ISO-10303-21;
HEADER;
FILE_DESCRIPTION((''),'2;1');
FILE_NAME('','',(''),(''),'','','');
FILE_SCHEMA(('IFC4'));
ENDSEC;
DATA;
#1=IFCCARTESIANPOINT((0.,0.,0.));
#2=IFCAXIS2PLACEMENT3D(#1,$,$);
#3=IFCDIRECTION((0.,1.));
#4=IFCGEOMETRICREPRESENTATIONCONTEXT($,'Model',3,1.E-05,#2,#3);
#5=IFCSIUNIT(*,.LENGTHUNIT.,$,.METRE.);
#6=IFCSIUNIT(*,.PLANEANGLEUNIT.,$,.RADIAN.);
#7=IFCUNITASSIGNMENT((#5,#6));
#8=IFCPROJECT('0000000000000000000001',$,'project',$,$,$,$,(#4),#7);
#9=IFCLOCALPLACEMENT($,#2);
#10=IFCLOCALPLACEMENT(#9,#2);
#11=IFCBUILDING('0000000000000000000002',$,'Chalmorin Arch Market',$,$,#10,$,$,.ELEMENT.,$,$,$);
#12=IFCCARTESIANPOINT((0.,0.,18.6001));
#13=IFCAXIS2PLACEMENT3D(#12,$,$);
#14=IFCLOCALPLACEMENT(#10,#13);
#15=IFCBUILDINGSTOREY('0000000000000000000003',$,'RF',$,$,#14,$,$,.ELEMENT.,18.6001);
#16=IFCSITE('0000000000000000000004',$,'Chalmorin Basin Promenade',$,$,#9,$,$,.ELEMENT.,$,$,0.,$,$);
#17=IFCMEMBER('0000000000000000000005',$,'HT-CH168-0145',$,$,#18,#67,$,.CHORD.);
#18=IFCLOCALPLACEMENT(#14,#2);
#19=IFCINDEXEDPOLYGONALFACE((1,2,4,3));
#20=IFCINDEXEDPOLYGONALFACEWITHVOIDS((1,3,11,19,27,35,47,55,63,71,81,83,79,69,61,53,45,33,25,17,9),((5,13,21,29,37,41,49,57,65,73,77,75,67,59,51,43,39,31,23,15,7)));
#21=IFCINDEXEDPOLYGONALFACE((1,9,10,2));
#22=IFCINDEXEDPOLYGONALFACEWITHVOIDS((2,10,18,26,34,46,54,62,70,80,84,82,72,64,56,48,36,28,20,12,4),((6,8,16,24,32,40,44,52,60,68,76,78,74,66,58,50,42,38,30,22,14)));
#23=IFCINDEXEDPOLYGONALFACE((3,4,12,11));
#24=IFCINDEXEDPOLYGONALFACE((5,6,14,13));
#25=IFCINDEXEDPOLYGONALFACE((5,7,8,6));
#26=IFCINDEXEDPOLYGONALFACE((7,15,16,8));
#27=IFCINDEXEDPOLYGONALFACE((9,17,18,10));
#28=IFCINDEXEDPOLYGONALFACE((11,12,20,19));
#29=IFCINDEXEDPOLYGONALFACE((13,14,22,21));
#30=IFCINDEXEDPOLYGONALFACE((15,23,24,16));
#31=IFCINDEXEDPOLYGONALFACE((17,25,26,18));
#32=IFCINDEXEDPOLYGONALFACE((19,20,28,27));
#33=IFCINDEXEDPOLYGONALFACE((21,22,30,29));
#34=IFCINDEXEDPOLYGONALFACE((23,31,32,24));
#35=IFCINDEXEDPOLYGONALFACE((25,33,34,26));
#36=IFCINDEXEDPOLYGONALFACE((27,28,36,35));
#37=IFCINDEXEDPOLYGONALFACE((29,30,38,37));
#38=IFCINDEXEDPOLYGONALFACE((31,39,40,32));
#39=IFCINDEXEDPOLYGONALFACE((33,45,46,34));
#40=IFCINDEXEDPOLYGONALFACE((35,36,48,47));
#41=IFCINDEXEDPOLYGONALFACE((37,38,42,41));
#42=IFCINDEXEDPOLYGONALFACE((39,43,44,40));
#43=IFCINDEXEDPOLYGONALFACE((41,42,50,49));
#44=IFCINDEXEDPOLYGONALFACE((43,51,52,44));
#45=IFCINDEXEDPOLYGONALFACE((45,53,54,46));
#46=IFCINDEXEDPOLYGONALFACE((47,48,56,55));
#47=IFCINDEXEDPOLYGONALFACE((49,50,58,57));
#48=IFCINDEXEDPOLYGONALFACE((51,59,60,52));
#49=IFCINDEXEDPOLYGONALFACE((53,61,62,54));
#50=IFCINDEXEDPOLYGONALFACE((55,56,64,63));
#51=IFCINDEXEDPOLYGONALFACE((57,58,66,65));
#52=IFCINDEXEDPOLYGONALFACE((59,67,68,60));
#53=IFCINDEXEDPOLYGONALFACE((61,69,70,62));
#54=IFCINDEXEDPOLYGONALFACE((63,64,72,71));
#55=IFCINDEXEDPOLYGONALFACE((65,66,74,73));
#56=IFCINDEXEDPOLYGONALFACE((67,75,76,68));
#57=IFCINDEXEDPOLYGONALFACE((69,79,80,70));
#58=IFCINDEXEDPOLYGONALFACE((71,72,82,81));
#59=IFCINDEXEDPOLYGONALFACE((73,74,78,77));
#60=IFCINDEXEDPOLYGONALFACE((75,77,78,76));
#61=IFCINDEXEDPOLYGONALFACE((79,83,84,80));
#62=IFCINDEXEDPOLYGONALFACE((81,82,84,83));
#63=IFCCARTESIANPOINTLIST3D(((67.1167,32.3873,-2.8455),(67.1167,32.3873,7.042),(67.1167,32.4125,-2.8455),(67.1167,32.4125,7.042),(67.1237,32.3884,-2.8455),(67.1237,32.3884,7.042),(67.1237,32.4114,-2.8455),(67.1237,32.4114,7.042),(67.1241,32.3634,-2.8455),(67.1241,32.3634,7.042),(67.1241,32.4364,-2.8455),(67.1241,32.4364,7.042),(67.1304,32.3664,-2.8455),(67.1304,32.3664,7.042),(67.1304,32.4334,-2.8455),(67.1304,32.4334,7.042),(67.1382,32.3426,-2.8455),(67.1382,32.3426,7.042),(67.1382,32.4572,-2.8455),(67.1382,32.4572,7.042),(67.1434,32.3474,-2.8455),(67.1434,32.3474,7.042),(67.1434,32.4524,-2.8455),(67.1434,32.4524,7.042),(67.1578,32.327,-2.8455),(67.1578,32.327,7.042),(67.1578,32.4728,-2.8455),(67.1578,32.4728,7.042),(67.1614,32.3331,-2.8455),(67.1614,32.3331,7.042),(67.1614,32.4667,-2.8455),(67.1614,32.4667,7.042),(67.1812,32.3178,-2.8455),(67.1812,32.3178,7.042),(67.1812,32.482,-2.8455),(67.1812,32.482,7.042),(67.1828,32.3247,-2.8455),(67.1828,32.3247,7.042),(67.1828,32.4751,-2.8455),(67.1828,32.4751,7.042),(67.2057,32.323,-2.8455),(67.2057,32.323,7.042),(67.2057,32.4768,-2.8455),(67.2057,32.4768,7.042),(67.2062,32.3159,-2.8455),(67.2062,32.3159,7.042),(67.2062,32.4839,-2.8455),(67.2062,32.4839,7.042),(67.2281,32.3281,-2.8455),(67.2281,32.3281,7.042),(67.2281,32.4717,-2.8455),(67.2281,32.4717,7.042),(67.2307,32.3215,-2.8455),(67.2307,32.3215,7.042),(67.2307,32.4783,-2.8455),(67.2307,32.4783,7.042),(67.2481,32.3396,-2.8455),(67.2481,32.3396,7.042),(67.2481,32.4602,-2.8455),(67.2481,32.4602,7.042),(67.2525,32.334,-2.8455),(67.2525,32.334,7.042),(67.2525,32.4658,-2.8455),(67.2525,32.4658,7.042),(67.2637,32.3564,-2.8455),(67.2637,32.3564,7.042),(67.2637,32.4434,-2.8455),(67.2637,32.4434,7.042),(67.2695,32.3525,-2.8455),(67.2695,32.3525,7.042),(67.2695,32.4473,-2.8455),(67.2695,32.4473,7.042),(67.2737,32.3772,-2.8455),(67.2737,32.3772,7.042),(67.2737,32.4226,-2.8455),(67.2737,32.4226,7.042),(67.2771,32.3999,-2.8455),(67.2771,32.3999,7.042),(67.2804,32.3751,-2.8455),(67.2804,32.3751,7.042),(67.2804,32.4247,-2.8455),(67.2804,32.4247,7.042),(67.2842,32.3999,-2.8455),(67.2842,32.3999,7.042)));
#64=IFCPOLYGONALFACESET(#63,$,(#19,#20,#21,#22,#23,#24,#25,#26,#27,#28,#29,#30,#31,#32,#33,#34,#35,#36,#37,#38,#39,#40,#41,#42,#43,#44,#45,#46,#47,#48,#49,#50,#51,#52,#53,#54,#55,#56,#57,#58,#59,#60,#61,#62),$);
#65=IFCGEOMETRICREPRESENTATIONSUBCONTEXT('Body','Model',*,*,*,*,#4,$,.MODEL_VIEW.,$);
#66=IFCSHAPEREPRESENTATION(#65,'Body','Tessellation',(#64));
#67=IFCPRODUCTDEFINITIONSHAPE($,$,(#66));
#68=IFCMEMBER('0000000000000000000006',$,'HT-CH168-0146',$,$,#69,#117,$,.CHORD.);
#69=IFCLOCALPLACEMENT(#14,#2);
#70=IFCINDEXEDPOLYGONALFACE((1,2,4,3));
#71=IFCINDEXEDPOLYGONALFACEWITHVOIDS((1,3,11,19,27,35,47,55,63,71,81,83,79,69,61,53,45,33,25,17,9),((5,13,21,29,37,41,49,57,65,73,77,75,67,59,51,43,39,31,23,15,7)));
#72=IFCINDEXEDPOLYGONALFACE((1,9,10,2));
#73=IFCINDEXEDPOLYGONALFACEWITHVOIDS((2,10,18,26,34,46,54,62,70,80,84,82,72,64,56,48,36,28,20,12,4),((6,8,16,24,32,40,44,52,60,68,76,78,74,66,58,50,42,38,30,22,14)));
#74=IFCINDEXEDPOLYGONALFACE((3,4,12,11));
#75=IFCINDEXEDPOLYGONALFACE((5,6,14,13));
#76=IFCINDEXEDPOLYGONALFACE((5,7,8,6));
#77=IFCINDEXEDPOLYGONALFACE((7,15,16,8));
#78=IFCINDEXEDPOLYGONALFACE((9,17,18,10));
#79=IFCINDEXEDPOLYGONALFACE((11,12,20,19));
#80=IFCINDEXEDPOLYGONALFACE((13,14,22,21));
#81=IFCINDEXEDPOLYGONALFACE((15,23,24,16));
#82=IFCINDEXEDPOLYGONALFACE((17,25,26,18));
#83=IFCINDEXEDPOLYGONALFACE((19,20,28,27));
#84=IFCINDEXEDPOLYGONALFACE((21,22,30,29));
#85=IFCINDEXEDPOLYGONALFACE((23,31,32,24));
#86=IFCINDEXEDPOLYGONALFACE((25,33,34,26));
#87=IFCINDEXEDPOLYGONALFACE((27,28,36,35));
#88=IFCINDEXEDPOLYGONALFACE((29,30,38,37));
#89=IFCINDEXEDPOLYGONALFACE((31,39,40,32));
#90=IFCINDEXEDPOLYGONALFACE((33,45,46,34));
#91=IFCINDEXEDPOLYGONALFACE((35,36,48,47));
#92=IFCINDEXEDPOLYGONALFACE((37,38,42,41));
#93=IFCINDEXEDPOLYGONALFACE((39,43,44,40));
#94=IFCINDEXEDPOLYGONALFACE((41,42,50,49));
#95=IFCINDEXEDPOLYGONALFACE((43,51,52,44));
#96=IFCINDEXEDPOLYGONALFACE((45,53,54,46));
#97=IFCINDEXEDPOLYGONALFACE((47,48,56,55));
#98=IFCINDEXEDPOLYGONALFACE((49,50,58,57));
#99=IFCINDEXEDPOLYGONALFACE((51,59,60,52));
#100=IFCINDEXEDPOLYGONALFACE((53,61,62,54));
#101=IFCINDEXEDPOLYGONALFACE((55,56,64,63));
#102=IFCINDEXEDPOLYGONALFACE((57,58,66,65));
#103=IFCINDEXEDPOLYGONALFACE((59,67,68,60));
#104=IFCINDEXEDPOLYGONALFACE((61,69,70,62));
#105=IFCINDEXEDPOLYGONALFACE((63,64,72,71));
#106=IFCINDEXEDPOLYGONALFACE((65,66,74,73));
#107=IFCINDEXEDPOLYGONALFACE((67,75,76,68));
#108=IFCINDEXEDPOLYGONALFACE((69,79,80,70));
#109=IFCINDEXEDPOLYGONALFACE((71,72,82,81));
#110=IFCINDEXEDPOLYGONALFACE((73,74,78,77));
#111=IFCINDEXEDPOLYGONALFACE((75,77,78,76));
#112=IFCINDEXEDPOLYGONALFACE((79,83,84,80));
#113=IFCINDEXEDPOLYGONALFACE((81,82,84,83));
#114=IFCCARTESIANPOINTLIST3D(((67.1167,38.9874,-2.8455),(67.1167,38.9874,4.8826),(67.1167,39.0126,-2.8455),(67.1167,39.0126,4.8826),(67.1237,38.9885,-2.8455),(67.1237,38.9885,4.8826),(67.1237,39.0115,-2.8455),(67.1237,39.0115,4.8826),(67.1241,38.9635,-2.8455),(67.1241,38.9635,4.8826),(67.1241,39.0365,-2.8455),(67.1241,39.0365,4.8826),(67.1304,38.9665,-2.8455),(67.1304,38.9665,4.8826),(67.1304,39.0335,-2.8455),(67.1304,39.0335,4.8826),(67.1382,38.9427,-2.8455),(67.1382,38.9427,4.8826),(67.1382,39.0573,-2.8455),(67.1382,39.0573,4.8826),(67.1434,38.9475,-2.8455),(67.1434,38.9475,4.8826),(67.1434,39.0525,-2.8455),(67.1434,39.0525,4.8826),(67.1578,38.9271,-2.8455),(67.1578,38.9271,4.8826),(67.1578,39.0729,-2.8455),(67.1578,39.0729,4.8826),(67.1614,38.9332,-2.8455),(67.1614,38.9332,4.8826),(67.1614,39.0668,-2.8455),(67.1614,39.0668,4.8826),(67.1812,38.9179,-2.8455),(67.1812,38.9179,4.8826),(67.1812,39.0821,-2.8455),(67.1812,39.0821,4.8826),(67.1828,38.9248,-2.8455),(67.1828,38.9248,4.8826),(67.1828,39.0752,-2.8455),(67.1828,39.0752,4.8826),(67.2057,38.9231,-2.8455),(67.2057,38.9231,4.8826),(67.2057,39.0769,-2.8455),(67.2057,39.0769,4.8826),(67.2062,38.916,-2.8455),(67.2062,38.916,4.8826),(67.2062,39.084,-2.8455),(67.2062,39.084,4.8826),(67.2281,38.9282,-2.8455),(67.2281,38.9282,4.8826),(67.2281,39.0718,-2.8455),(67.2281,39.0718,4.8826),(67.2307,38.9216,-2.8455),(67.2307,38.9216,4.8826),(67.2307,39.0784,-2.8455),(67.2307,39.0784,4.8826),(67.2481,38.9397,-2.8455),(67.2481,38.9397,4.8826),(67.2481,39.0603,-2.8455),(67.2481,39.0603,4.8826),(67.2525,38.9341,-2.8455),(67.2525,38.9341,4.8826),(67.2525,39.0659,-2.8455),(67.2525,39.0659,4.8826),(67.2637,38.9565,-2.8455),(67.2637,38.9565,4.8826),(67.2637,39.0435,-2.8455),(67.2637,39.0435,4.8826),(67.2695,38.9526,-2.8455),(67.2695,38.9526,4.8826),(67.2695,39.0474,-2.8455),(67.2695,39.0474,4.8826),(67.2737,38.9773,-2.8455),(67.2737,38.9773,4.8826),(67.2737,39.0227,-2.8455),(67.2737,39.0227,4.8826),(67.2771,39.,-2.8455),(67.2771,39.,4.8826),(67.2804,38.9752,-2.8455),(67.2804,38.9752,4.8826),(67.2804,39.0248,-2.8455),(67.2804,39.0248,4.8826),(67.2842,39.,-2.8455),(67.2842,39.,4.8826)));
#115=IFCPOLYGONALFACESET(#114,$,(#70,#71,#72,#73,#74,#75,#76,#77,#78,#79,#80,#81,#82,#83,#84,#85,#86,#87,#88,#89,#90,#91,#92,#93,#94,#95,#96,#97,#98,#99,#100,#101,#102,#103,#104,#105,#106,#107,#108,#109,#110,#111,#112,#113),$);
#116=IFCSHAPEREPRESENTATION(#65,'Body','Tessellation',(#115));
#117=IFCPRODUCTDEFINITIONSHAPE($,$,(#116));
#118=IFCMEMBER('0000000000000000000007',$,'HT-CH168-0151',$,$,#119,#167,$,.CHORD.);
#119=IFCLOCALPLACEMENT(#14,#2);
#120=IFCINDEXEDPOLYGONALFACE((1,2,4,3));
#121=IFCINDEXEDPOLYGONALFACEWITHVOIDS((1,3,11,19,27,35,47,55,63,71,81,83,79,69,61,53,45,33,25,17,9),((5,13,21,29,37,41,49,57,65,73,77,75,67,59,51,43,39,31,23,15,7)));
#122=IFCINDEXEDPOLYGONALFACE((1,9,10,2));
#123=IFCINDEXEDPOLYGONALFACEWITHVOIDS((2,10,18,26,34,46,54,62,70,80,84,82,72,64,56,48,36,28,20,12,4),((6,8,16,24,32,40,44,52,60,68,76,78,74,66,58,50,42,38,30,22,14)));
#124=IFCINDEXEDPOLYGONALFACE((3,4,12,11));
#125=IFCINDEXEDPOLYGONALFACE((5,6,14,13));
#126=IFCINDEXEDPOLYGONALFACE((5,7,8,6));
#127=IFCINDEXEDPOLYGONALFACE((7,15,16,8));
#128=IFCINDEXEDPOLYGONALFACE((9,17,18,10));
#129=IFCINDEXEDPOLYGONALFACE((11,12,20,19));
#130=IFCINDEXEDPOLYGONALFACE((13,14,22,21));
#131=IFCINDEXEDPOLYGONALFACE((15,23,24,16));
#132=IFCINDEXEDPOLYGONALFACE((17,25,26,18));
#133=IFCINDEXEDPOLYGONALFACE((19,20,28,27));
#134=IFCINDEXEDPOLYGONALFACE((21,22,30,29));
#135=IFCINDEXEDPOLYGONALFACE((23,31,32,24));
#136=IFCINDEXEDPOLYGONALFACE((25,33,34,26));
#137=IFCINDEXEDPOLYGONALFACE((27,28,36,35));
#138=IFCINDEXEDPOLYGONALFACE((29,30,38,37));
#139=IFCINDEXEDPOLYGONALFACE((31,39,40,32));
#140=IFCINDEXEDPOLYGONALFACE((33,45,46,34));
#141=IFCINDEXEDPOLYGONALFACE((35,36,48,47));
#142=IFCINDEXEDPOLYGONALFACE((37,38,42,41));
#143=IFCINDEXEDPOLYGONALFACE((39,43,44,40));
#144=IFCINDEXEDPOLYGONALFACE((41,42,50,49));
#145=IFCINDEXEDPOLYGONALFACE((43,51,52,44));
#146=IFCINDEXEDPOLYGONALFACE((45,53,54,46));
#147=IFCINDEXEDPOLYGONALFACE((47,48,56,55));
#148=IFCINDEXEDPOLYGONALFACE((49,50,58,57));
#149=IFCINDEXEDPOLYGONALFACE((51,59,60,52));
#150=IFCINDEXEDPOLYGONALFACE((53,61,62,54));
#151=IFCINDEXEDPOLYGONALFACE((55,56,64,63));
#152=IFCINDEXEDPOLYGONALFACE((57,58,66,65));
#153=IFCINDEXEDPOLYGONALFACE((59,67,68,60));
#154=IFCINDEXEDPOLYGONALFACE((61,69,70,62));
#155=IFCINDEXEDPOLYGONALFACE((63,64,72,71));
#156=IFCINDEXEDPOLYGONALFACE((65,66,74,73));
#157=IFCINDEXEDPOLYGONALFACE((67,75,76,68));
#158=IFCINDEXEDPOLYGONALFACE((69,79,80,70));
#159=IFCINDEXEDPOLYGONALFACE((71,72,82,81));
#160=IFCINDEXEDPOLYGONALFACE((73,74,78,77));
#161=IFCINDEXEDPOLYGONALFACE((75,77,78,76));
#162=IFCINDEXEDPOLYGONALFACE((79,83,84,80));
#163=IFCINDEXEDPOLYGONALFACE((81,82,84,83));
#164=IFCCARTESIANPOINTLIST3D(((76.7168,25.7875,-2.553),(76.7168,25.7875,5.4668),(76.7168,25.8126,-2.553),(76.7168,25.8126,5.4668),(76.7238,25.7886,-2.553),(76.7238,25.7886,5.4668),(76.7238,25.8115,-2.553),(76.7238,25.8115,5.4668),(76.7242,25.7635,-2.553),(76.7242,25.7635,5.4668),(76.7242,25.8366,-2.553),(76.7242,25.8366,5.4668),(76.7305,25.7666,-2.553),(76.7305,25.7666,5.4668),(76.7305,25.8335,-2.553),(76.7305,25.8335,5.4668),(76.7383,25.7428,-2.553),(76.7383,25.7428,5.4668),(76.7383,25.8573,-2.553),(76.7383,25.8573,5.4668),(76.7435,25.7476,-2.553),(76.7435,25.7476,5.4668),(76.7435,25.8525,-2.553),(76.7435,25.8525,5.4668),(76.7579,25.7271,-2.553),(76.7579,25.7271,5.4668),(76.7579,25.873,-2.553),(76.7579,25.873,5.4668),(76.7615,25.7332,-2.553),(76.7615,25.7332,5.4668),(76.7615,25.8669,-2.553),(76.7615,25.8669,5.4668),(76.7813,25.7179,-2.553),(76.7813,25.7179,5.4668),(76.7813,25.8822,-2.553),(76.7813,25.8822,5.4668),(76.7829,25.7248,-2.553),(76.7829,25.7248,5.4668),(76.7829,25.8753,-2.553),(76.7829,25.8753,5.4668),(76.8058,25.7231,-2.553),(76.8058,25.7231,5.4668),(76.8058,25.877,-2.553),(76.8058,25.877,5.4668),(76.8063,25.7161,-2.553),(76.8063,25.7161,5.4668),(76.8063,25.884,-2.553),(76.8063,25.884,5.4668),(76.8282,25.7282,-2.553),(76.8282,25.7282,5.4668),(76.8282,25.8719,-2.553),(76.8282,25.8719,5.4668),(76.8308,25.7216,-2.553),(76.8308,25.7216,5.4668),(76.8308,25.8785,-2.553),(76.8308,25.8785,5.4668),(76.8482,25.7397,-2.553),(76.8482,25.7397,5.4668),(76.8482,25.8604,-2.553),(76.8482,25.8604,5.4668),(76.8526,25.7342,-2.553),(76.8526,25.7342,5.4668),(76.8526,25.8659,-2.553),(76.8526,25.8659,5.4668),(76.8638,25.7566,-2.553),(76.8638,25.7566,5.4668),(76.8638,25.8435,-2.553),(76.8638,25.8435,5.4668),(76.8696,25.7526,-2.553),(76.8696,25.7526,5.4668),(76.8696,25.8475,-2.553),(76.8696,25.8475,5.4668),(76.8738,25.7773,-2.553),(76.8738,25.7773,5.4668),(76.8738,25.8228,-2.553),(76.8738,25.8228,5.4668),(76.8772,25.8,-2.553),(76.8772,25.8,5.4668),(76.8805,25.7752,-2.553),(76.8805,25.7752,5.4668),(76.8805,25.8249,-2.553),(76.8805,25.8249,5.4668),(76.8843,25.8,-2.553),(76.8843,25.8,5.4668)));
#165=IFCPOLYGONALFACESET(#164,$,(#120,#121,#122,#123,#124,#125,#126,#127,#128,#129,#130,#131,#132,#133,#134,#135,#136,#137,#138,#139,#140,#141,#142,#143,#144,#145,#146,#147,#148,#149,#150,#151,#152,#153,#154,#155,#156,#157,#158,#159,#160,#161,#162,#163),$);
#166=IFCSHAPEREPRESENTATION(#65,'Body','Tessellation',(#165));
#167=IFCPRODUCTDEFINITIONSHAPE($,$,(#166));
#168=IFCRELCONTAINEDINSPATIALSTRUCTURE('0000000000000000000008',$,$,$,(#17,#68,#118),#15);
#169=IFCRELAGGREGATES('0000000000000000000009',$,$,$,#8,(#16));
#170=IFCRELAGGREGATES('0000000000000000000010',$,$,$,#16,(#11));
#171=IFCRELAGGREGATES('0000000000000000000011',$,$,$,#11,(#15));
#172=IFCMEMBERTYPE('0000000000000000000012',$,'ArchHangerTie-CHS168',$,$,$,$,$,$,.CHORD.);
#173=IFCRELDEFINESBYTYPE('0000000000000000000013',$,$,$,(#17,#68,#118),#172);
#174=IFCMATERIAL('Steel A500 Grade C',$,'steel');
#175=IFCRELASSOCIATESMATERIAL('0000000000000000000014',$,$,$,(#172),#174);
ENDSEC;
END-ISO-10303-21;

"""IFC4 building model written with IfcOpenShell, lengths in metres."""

from ifc_helpers import new_model, si_unit, direction, frame, origin, origin_2d, place, context, subcontext, project, spatial, hollow_circle, extrude, material, material_profile, profile_set, type_object, element, save


model = new_model("IFC4")

# Units and contexts
model_context = context("Model", 3, precision=1e-05, world=origin(), true_north=direction((0.0, 1.0)))
body_context = subcontext(model_context, "Body", "Model", "MODEL_VIEW")
ifc_project = project(units=[si_unit("LENGTHUNIT", "METRE"), si_unit("PLANEANGLEUNIT", "RADIAN")], contexts=[model_context])

# Site, building, storey
site_placement = place(None, origin())
site = spatial("IfcSite", under=ifc_project, at=site_placement, Name="Chalmorin Basin Promenade", CompositionType="ELEMENT", RefElevation=0.0)
building_placement = place(site_placement, origin())
building = spatial("IfcBuilding", under=site, at=building_placement, Name="Chalmorin Arch Market", CompositionType="ELEMENT")
storey_placement = place(building_placement, frame((0.0, 0.0, 18.6001)))
storey = spatial("IfcBuildingStorey", under=building, at=storey_placement, Name="RF", CompositionType="ELEMENT", Elevation=18.6001)

# Members
ifc_material_1 = material(Name="Steel A500 Grade C", Category="steel")
ifc_material_profile_1 = material_profile(ifc_material_1, hollow_circle(Radius=0.0842, WallThickness=0.0071, at=origin_2d()), Name="CHS168X7")
ifc_profile_set_1 = profile_set([ifc_material_profile_1], Name="Steel A500 Grade C")
member_type_1 = type_object("IfcMemberType", Name="ArchHangerTie-CHS168", PredefinedType="CHORD", material=ifc_profile_set_1)
member_1_placement = place(storey_placement, frame((67.2, 32.3999, -2.8455), z_axis=(0.0, 0.0, 1.0), x_axis=(1.0, 0.0, 0.0)))
element("IfcMember", 1, at=member_1_placement, inside=storey, type_object=member_type_1, Name="HT-CH168-0145", PredefinedType="CHORD", context=body_context, shape_type="SweptSolid", body=[
    extrude(hollow_circle(Radius=0.0842, WallThickness=0.0071, at=origin_2d()), origin(), (0.0, 0.0, 1.0), 9.8875),
])
member_2_placement = place(storey_placement, frame((67.2, 39.0, -2.8455), z_axis=(0.0, 0.0, 1.0), x_axis=(1.0, 0.0, 0.0)))
element("IfcMember", 2, at=member_2_placement, inside=storey, type_object=member_type_1, Name="HT-CH168-0146", PredefinedType="CHORD", context=body_context, shape_type="SweptSolid", body=[
    extrude(hollow_circle(Radius=0.0842, WallThickness=0.0071, at=origin_2d()), origin(), (0.0, 0.0, 1.0), 7.728),
])
member_3_placement = place(storey_placement, frame((76.8, 25.8, -2.553), z_axis=(0.0, 0.0, 1.0), x_axis=(1.0, 0.0, 0.0)))
element("IfcMember", 3, at=member_3_placement, inside=storey, type_object=member_type_1, Name="HT-CH168-0151", PredefinedType="CHORD", context=body_context, shape_type="SweptSolid", body=[
    extrude(hollow_circle(Radius=0.0842, WallThickness=0.0071, at=origin_2d()), origin(), (0.0, 0.0, 1.0), 8.0198),
])

save(model, "model.ifc")
